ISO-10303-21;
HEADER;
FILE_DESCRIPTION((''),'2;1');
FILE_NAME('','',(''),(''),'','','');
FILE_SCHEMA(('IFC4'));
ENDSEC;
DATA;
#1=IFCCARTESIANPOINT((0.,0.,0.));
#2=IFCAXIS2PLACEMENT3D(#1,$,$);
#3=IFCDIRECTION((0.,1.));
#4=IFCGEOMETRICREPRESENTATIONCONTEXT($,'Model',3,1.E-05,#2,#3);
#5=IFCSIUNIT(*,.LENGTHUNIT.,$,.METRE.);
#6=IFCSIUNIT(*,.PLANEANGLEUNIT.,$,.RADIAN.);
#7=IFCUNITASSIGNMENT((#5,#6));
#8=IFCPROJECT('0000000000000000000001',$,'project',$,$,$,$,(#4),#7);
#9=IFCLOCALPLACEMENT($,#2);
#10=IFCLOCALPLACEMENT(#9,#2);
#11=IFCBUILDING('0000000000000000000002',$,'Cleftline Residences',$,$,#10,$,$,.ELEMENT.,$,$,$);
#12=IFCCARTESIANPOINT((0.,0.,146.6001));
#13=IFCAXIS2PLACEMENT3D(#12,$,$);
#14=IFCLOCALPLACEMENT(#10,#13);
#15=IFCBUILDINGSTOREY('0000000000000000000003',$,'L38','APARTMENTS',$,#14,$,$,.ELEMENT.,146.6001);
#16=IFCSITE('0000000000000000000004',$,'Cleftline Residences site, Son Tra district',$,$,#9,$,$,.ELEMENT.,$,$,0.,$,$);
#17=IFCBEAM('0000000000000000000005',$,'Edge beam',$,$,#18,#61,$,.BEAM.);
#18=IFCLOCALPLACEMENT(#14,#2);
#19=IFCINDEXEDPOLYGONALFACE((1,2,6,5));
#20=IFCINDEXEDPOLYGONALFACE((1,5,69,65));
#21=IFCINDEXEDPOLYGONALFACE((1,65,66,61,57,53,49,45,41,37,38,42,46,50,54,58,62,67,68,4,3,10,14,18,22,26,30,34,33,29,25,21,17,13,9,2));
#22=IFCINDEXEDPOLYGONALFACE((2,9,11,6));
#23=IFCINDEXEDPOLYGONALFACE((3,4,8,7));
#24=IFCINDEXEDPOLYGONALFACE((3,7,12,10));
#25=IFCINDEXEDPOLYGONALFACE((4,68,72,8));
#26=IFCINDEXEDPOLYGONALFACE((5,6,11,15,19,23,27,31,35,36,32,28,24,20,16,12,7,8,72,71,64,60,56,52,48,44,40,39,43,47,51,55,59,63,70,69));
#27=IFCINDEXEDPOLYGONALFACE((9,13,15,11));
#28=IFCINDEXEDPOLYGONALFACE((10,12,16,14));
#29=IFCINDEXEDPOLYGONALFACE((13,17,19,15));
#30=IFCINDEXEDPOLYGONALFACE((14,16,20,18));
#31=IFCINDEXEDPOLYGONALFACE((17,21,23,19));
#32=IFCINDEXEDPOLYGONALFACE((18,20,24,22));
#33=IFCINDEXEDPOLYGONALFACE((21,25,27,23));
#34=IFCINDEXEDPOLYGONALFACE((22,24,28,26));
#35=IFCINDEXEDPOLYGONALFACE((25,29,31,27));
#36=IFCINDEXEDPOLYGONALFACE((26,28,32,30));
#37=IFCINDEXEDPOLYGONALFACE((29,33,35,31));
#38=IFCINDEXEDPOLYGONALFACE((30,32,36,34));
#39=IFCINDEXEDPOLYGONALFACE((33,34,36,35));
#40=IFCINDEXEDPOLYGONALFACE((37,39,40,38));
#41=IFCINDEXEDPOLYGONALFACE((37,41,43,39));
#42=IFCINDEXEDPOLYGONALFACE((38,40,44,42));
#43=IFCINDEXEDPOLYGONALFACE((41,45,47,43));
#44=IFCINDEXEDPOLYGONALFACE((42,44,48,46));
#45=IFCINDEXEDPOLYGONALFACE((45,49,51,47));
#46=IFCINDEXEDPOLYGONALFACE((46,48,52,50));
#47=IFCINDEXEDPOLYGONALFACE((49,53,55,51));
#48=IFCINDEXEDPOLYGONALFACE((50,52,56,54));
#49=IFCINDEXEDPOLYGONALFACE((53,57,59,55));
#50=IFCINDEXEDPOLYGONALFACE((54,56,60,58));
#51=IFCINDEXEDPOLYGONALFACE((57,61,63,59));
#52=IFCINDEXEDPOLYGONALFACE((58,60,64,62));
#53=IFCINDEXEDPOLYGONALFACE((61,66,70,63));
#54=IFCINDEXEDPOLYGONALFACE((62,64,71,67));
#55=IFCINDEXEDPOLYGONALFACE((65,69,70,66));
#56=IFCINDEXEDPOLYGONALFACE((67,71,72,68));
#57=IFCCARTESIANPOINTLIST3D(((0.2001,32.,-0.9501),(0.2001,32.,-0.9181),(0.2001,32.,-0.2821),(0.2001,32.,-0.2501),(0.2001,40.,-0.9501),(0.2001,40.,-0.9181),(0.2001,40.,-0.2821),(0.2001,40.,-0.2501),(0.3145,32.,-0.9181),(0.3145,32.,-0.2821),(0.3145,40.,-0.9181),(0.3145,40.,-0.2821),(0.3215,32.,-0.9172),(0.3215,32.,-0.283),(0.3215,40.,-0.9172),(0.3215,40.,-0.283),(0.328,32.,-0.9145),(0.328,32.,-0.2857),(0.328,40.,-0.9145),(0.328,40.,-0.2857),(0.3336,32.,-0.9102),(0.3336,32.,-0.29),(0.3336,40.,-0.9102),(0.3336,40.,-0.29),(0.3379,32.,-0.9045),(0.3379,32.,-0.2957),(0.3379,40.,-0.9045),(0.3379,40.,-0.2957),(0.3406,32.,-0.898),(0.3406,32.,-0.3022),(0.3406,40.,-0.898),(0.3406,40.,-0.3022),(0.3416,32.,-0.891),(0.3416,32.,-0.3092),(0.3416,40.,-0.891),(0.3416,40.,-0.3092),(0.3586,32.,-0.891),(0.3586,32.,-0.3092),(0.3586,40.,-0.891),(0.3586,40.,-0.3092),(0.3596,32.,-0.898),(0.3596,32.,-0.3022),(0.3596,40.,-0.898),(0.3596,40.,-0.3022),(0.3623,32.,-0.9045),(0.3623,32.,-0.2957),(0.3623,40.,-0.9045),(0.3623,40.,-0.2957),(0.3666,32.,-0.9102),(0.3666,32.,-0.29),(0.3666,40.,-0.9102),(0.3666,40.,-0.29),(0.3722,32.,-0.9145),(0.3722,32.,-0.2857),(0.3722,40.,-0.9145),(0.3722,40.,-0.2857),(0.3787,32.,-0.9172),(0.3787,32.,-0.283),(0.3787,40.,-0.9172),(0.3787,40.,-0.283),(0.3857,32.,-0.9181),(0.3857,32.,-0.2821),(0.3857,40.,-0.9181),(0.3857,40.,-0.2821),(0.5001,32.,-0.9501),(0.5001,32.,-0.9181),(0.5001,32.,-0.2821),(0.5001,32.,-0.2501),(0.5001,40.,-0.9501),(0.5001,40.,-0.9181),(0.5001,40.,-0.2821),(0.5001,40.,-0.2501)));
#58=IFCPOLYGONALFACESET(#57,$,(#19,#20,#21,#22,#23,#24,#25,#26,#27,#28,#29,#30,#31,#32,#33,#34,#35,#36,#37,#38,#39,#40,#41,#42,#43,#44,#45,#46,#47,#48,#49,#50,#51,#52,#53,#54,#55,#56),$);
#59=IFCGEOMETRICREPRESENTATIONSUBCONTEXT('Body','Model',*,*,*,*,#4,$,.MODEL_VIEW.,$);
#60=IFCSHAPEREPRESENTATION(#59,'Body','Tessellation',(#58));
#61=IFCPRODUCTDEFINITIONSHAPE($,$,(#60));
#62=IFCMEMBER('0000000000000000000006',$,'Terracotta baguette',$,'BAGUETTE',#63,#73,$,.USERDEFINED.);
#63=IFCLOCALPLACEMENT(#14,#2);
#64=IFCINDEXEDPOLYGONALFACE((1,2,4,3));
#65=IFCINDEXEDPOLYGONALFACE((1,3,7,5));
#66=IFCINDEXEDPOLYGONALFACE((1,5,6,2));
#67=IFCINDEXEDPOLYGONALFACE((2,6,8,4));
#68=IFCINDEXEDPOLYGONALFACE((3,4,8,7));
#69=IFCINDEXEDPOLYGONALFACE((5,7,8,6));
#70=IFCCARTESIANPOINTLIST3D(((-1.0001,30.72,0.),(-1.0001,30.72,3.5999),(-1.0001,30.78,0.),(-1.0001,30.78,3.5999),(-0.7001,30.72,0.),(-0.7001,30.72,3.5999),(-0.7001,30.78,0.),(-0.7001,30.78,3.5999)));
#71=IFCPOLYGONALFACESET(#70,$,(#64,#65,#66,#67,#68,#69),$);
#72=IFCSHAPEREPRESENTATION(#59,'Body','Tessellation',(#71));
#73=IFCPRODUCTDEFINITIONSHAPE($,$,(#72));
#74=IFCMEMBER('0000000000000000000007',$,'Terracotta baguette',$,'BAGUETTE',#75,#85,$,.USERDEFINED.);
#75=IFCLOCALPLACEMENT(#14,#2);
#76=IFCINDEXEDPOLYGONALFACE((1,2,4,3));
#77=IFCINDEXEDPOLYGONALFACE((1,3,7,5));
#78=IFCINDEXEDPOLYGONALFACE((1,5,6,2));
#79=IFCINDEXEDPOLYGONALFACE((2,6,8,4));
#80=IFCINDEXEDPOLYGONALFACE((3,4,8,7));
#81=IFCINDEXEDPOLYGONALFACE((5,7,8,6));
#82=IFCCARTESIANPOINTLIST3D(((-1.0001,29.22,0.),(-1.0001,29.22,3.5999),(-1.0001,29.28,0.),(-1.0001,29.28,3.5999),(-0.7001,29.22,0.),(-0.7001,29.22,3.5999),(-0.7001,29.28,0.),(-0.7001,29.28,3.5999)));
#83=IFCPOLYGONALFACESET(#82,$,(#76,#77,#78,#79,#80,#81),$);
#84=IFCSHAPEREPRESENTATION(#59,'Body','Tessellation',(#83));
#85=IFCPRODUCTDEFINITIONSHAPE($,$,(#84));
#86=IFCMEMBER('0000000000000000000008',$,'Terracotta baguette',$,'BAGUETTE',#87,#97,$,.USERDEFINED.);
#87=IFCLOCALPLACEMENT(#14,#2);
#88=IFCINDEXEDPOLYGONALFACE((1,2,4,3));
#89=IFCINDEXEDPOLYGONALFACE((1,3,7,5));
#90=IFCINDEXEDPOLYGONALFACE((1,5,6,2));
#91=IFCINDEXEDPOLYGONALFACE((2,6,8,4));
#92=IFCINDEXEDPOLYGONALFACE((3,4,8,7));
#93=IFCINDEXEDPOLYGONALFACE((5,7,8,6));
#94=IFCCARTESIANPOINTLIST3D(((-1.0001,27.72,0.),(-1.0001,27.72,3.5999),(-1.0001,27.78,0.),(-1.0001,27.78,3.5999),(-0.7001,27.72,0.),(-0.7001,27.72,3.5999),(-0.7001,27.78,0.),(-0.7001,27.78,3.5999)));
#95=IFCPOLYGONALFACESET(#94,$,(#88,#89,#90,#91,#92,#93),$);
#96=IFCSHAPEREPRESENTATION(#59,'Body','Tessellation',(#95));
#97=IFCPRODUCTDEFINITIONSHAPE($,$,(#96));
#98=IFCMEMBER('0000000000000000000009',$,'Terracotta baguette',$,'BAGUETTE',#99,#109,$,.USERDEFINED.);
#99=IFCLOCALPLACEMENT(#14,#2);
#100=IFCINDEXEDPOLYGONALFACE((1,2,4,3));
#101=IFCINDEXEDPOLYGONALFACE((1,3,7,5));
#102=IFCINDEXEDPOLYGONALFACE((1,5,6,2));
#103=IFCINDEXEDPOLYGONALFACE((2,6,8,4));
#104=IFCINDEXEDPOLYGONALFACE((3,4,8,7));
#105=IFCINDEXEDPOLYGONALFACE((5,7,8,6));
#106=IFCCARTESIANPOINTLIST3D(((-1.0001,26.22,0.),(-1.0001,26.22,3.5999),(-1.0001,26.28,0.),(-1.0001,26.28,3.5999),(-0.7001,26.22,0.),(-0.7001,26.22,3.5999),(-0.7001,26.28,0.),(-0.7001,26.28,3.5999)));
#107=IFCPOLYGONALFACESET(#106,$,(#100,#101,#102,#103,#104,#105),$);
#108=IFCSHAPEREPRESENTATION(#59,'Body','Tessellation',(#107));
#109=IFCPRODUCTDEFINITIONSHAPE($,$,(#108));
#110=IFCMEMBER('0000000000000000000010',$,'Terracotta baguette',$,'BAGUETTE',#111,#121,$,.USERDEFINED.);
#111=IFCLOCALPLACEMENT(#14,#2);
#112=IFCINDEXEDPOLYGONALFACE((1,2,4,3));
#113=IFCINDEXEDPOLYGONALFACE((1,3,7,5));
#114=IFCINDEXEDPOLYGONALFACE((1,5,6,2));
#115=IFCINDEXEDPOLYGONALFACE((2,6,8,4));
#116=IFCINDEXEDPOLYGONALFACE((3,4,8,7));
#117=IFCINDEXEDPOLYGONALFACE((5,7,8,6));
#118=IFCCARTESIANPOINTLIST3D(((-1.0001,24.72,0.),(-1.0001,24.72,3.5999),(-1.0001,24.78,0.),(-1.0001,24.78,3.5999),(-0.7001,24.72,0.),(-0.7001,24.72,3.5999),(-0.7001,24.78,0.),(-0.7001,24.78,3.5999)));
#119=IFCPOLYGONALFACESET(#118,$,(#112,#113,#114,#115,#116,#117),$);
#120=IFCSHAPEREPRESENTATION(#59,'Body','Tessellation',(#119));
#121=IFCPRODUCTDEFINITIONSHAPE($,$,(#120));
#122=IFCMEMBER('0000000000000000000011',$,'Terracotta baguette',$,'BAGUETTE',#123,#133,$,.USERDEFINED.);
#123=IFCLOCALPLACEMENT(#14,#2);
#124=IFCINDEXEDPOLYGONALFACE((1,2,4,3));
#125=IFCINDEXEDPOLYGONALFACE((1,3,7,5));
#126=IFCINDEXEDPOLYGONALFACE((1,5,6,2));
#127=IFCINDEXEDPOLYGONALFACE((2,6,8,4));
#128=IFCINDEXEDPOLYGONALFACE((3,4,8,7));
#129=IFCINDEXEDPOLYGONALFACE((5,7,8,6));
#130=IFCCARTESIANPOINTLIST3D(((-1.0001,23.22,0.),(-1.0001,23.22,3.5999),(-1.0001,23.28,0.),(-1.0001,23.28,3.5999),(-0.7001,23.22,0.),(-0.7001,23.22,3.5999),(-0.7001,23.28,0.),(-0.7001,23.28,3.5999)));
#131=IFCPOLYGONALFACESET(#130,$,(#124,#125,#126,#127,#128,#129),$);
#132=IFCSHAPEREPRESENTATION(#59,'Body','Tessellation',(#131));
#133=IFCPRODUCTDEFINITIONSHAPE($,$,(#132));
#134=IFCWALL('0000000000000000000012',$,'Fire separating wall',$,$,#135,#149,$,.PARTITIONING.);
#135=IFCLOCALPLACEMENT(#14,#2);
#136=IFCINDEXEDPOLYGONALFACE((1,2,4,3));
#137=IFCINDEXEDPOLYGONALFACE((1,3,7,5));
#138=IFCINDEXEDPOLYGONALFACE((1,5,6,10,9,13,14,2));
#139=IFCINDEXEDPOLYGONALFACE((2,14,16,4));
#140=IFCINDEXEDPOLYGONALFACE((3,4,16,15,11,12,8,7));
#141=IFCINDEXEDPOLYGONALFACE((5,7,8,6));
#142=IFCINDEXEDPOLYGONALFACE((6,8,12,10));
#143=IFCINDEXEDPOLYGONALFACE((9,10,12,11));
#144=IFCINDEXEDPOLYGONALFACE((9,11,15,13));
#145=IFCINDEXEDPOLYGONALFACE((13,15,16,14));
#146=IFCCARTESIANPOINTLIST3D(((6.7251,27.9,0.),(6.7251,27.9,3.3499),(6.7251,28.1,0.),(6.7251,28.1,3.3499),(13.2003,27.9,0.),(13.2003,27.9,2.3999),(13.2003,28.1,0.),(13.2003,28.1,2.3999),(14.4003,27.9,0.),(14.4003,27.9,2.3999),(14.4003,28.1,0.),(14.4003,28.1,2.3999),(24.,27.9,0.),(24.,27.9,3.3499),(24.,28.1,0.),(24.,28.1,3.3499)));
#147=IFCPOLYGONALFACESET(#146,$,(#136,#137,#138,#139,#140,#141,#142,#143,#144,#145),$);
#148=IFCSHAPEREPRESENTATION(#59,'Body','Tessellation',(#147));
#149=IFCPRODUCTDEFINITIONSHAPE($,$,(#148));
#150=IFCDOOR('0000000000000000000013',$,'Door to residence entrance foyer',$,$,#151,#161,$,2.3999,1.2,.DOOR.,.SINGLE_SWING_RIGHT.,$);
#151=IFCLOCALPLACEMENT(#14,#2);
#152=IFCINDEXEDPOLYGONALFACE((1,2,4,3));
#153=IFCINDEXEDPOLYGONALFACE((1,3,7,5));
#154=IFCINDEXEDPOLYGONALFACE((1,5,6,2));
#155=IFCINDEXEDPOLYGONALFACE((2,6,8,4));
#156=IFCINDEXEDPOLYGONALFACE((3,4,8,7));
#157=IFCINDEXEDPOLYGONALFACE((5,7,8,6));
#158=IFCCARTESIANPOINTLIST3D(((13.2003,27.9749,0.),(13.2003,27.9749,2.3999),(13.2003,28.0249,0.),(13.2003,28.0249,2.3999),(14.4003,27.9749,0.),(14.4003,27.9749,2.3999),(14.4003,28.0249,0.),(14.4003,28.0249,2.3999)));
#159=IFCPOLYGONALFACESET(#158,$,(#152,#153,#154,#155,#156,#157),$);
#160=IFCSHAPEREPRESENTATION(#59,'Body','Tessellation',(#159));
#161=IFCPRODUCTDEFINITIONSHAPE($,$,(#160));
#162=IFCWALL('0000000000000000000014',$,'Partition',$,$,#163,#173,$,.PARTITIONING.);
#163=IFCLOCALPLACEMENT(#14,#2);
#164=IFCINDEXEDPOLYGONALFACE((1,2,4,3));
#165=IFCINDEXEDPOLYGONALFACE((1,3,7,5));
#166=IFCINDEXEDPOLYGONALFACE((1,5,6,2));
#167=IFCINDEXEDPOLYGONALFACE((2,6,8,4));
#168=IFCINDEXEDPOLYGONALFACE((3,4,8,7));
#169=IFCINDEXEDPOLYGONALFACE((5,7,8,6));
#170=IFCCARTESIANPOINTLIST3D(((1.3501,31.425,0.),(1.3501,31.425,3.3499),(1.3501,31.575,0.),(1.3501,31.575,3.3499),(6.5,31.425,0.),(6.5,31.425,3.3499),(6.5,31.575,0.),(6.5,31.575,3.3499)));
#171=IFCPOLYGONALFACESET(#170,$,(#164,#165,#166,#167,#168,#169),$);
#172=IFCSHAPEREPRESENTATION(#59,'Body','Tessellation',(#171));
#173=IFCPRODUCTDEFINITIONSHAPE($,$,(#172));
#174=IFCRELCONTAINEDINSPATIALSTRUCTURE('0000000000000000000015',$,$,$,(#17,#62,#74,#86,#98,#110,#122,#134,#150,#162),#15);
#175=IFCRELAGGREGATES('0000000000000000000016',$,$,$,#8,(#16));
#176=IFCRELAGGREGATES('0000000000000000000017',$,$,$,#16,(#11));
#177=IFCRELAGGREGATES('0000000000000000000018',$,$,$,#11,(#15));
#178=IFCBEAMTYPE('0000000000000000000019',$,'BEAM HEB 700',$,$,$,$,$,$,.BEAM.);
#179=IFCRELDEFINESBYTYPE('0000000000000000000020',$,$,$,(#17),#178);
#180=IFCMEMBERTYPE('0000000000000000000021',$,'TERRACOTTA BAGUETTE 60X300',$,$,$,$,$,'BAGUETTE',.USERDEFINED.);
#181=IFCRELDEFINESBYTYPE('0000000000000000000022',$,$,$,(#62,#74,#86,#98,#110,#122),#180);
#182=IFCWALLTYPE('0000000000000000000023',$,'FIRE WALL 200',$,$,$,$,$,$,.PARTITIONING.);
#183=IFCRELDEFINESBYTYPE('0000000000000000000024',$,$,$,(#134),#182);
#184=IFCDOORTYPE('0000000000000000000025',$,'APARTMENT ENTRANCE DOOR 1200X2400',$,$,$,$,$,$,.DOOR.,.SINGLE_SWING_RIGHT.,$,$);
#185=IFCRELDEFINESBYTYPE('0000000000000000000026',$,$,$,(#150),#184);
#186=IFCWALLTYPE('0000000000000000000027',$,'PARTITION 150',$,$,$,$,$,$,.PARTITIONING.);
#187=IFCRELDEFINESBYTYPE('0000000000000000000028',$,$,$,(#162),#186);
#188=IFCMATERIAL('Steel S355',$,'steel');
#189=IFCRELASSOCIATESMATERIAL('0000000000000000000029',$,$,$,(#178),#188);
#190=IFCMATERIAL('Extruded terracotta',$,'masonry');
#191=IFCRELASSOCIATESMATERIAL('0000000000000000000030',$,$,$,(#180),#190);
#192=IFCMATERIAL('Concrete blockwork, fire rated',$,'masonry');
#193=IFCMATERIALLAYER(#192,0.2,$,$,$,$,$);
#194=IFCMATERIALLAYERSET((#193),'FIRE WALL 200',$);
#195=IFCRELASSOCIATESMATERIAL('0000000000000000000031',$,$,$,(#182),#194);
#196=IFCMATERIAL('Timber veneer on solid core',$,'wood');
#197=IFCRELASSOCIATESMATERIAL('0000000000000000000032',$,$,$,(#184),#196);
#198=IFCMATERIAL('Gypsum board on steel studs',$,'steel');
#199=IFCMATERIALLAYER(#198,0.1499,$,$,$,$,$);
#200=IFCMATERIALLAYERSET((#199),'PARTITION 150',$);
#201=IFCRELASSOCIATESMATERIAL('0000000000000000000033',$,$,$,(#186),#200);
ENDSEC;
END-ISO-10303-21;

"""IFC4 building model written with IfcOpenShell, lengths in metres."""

from ifc_helpers import new_model, si_unit, direction, frame, frame_2d, origin, origin_2d, place, context, subcontext, project, spatial, rectangle, i_section, extrude, material, layer, layer_set, material_profile, profile_set, type_object, element, fill, save


model = new_model("IFC4")

# Units and contexts
model_context = context("Model", 3, precision=1e-05, world=origin(), true_north=direction((0.0, 1.0)))
body_context = subcontext(model_context, "Body", "Model", "MODEL_VIEW")
ifc_project = project(units=[si_unit("LENGTHUNIT", "METRE"), si_unit("PLANEANGLEUNIT", "RADIAN")], contexts=[model_context])

# Site, building, storey
site_placement = place(None, origin())
site = spatial("IfcSite", under=ifc_project, at=site_placement, Name="Cleftline Residences site, Son Tra district", CompositionType="ELEMENT", RefElevation=0.0)
building_placement = place(site_placement, origin())
building = spatial("IfcBuilding", under=site, at=building_placement, Name="Cleftline Residences", CompositionType="ELEMENT")
storey_placement = place(building_placement, frame((0.0, 0.0, 146.6001)))
storey = spatial("IfcBuildingStorey", under=building, at=storey_placement, Name="L38", Description="APARTMENTS", CompositionType="ELEMENT", Elevation=146.6001)

# Beam
ifc_material_1 = material(Name="Steel S355", Category="steel")
ifc_material_profile_1 = material_profile(ifc_material_1, i_section(OverallWidth=0.3, OverallDepth=0.7, WebThickness=0.0171, FlangeThickness=0.032, FilletRadius=0.0271, at=origin_2d()))
ifc_profile_set_1 = profile_set([ifc_material_profile_1], Name="Steel S355")
beam_type = type_object("IfcBeamType", Name="BEAM HEB 700", PredefinedType="BEAM", material=ifc_profile_set_1)
for number, where, z_axis, x_axis, name in (
    (1, (0.3501, 32.0, -0.6001), (0.0, 1.0, 0.0), (-1.0, 0.0, 0.0), "Edge beam"),
):
    element("IfcBeam", number, at=place(storey_placement, frame(where, z_axis=z_axis, x_axis=x_axis)), inside=storey, type_object=beam_type, Name=name, PredefinedType="BEAM", context=body_context, shape_type="SweptSolid", body=[
        extrude(i_section(OverallWidth=0.3, OverallDepth=0.7, WebThickness=0.0171, FlangeThickness=0.032, FilletRadius=0.0271, at=origin_2d()), origin(), (0.0, 0.0, 1.0), 8.0),
    ])

# Members
ifc_material_2 = material(Name="Extruded terracotta", Category="masonry")
ifc_material_profile_2 = material_profile(ifc_material_2, rectangle(XDim=0.0601, YDim=0.3, at=origin_2d()))
ifc_profile_set_2 = profile_set([ifc_material_profile_2], Name="Extruded terracotta")
member_type_1 = type_object("IfcMemberType", Name="TERRACOTTA BAGUETTE 60X300", ElementType="BAGUETTE", PredefinedType="USERDEFINED", material=ifc_profile_set_2)
for number, where, z_axis, x_axis, name in (
    (2, (-0.8501, 30.75, 0.0), (0.0, 0.0, 1.0), (0.0, 1.0, 0.0), "Terracotta baguette"),
    (3, (-0.8501, 29.25, 0.0), (0.0, 0.0, 1.0), (0.0, 1.0, 0.0), "Terracotta baguette"),
    (4, (-0.8501, 27.75, 0.0), (0.0, 0.0, 1.0), (0.0, 1.0, 0.0), "Terracotta baguette"),
    (5, (-0.8501, 26.25, 0.0), (0.0, 0.0, 1.0), (0.0, 1.0, 0.0), "Terracotta baguette"),
    (6, (-0.8501, 24.75, 0.0), (0.0, 0.0, 1.0), (0.0, 1.0, 0.0), "Terracotta baguette"),
    (7, (-0.8501, 23.25, 0.0), (0.0, 0.0, 1.0), (0.0, 1.0, 0.0), "Terracotta baguette"),
):
    element("IfcMember", number, at=place(storey_placement, frame(where, z_axis=z_axis, x_axis=x_axis)), inside=storey, type_object=member_type_1, Name=name, ObjectType="BAGUETTE", PredefinedType="USERDEFINED", context=body_context, shape_type="SweptSolid", body=[
        extrude(rectangle(XDim=0.0601, YDim=0.3, at=origin_2d()), origin(), (0.0, 0.0, 1.0), 3.5999),
    ])

# Wall, opening, door
ifc_material_3 = material(Name="Concrete blockwork, fire rated", Category="masonry")
ifc_layer_1 = layer(ifc_material_3, 0.2)
ifc_layer_set_1 = layer_set([ifc_layer_1], Name="FIRE WALL 200")
wall_type_1 = type_object("IfcWallType", Name="FIRE WALL 200", PredefinedType="PARTITIONING", material=ifc_layer_set_1)
wall_1_placement = place(storey_placement, frame((6.7251, 28.0, 0.0), z_axis=(0.0, 0.0, 1.0), x_axis=(1.0, 0.0, 0.0)))
wall_1 = element("IfcWall", 8, at=wall_1_placement, inside=storey, type_object=wall_type_1, Name="Fire separating wall", PredefinedType="PARTITIONING", context=body_context, shape_type="SweptSolid", body=[
    extrude(rectangle(XDim=17.2749, YDim=0.2, at=frame_2d((8.6375, 0.0))), origin(), (0.0, 0.0, 1.0), 3.3499),
])
opening_1_placement = place(wall_1_placement, frame((6.4751, 0.0, 0.0)))
opening_1 = element("IfcOpeningElement", 9, at=opening_1_placement, cuts=wall_1, PredefinedType="OPENING", context=body_context, shape_type="SweptSolid", body=[
    extrude(rectangle(XDim=1.2, YDim=2.3999, at=frame_2d((0.6001, 1.2))), frame((0.0, 0.1099, 0.0), z_axis=(0.0, -1.0, 0.0), x_axis=(1.0, 0.0, 0.0)), (0.0, 0.0, 1.0), 0.22),
])
ifc_material_4 = material(Name="Timber veneer on solid core", Category="wood")
door_type_1 = type_object("IfcDoorType", Name="APARTMENT ENTRANCE DOOR 1200X2400", OperationType="SINGLE_SWING_RIGHT", PredefinedType="DOOR", material=ifc_material_4)
door_1_placement = place(opening_1_placement, origin())
door_1 = element("IfcDoor", 10, at=door_1_placement, inside=storey, type_object=door_type_1, Name="Door to residence entrance foyer", OperationType="SINGLE_SWING_RIGHT", OverallHeight=2.3999, OverallWidth=1.2, PredefinedType="DOOR", context=body_context, shape_type="SweptSolid", body=[
    extrude(rectangle(XDim=1.2, YDim=2.3999, at=frame_2d((0.6001, 1.2))), frame((0.0, 0.0249, 0.0), z_axis=(0.0, -1.0, 0.0), x_axis=(1.0, 0.0, 0.0)), (0.0, 0.0, 1.0), 0.05),
])
fill(opening_1, door_1)

# Wall
ifc_material_5 = material(Name="Gypsum board on steel studs", Category="steel")
ifc_layer_2 = layer(ifc_material_5, 0.1499)
ifc_layer_set_2 = layer_set([ifc_layer_2], Name="PARTITION 150")
wall_type_2 = type_object("IfcWallType", Name="PARTITION 150", PredefinedType="PARTITIONING", material=ifc_layer_set_2)
wall_2_placement = place(storey_placement, frame((1.3501, 31.5, 0.0), z_axis=(0.0, 0.0, 1.0), x_axis=(1.0, 0.0, 0.0)))
element("IfcWall", 11, at=wall_2_placement, inside=storey, type_object=wall_type_2, Name="Partition", PredefinedType="PARTITIONING", context=body_context, shape_type="SweptSolid", body=[
    extrude(rectangle(XDim=5.1499, YDim=0.1499, at=frame_2d((2.575, 0.0))), origin(), (0.0, 0.0, 1.0), 3.3499),
])

save(model, "model.ifc")
